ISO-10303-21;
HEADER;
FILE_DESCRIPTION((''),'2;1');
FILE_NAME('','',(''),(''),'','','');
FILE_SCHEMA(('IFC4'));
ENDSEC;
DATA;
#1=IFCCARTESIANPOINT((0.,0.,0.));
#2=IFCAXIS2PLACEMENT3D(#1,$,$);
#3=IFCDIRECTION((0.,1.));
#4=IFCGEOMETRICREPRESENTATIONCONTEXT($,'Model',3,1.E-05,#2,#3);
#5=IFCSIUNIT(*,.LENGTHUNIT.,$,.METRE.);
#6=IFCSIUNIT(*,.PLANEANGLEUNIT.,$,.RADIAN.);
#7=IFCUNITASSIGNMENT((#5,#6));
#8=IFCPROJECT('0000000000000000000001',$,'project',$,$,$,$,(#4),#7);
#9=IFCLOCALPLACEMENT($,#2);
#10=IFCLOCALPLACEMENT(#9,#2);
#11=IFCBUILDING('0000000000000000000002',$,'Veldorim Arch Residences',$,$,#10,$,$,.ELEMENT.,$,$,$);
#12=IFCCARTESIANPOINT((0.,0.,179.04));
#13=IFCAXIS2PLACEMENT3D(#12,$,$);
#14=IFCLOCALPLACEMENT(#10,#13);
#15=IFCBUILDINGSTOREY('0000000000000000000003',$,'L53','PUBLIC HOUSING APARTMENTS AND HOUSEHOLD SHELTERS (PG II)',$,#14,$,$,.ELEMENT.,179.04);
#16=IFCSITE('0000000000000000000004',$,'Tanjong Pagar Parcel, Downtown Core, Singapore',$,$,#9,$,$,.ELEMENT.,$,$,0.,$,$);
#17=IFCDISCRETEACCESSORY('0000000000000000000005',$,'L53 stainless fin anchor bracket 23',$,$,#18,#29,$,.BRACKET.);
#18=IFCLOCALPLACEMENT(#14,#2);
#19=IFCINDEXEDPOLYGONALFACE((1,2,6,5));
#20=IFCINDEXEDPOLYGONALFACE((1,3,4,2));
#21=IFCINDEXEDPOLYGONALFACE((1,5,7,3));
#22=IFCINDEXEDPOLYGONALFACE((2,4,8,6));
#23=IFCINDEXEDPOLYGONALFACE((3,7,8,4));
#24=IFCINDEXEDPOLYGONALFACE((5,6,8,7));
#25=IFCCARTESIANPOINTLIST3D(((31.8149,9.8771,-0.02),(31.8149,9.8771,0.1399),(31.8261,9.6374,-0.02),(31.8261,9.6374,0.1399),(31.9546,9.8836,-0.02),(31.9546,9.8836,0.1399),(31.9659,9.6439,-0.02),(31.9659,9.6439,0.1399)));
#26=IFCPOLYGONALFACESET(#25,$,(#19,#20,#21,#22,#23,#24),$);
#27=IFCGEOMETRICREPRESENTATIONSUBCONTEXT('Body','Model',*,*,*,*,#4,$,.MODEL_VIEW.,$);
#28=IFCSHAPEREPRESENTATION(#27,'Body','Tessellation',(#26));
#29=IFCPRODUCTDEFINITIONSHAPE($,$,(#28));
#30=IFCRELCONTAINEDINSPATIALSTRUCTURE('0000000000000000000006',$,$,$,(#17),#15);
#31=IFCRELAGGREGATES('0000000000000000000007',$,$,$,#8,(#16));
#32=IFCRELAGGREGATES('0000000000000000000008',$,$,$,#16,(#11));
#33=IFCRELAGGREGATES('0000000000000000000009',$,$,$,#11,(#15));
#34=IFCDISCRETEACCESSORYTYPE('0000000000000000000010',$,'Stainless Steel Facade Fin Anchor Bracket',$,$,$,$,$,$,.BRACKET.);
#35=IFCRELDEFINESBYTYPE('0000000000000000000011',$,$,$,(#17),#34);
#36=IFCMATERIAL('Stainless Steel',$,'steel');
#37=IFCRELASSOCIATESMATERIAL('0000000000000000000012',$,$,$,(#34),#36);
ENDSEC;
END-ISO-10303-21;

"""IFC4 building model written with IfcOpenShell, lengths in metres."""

from ifc_helpers import new_model, si_unit, direction, frame, origin, origin_2d, place, context, subcontext, project, spatial, rectangle, extrude, material, type_object, element, save


model = new_model("IFC4")

# Units and contexts
model_context = context("Model", 3, precision=1e-05, world=origin(), true_north=direction((0.0, 1.0)))
body_context = subcontext(model_context, "Body", "Model", "MODEL_VIEW")
ifc_project = project(units=[si_unit("LENGTHUNIT", "METRE"), si_unit("PLANEANGLEUNIT", "RADIAN")], contexts=[model_context])

# Site, building, storey
site_placement = place(None, origin())
site = spatial("IfcSite", under=ifc_project, at=site_placement, Name="Tanjong Pagar Parcel, Downtown Core, Singapore", CompositionType="ELEMENT", RefElevation=0.0)
building_placement = place(site_placement, origin())
building = spatial("IfcBuilding", under=site, at=building_placement, Name="Veldorim Arch Residences", CompositionType="ELEMENT")
storey_placement = place(building_placement, frame((0.0, 0.0, 179.04)))
storey = spatial("IfcBuildingStorey", under=building, at=storey_placement, Name="L53", Description="PUBLIC HOUSING APARTMENTS AND HOUSEHOLD SHELTERS (PG II)", CompositionType="ELEMENT", Elevation=179.04)

# Discrete accessory
ifc_material_1 = material(Name="Stainless Steel", Category="steel")
discrete_accessory_type = type_object("IfcDiscreteAccessoryType", Name="Stainless Steel Facade Fin Anchor Bracket", PredefinedType="BRACKET", material=ifc_material_1)
discrete_accessory_placement = place(storey_placement, frame((31.8904, 9.7605, -0.02), z_axis=(0.0, 0.0, 1.0), x_axis=(-0.998906, -0.046758, 0.0)))
element("IfcDiscreteAccessory", 1, at=discrete_accessory_placement, inside=storey, type_object=discrete_accessory_type, Name="L53 stainless fin anchor bracket 23", PredefinedType="BRACKET", context=body_context, shape_type="SweptSolid", body=[
    extrude(rectangle(XDim=0.1399, YDim=0.24, at=origin_2d()), origin(), (0.0, 0.0, 1.0), 0.1599),
])

save(model, "model.ifc")
